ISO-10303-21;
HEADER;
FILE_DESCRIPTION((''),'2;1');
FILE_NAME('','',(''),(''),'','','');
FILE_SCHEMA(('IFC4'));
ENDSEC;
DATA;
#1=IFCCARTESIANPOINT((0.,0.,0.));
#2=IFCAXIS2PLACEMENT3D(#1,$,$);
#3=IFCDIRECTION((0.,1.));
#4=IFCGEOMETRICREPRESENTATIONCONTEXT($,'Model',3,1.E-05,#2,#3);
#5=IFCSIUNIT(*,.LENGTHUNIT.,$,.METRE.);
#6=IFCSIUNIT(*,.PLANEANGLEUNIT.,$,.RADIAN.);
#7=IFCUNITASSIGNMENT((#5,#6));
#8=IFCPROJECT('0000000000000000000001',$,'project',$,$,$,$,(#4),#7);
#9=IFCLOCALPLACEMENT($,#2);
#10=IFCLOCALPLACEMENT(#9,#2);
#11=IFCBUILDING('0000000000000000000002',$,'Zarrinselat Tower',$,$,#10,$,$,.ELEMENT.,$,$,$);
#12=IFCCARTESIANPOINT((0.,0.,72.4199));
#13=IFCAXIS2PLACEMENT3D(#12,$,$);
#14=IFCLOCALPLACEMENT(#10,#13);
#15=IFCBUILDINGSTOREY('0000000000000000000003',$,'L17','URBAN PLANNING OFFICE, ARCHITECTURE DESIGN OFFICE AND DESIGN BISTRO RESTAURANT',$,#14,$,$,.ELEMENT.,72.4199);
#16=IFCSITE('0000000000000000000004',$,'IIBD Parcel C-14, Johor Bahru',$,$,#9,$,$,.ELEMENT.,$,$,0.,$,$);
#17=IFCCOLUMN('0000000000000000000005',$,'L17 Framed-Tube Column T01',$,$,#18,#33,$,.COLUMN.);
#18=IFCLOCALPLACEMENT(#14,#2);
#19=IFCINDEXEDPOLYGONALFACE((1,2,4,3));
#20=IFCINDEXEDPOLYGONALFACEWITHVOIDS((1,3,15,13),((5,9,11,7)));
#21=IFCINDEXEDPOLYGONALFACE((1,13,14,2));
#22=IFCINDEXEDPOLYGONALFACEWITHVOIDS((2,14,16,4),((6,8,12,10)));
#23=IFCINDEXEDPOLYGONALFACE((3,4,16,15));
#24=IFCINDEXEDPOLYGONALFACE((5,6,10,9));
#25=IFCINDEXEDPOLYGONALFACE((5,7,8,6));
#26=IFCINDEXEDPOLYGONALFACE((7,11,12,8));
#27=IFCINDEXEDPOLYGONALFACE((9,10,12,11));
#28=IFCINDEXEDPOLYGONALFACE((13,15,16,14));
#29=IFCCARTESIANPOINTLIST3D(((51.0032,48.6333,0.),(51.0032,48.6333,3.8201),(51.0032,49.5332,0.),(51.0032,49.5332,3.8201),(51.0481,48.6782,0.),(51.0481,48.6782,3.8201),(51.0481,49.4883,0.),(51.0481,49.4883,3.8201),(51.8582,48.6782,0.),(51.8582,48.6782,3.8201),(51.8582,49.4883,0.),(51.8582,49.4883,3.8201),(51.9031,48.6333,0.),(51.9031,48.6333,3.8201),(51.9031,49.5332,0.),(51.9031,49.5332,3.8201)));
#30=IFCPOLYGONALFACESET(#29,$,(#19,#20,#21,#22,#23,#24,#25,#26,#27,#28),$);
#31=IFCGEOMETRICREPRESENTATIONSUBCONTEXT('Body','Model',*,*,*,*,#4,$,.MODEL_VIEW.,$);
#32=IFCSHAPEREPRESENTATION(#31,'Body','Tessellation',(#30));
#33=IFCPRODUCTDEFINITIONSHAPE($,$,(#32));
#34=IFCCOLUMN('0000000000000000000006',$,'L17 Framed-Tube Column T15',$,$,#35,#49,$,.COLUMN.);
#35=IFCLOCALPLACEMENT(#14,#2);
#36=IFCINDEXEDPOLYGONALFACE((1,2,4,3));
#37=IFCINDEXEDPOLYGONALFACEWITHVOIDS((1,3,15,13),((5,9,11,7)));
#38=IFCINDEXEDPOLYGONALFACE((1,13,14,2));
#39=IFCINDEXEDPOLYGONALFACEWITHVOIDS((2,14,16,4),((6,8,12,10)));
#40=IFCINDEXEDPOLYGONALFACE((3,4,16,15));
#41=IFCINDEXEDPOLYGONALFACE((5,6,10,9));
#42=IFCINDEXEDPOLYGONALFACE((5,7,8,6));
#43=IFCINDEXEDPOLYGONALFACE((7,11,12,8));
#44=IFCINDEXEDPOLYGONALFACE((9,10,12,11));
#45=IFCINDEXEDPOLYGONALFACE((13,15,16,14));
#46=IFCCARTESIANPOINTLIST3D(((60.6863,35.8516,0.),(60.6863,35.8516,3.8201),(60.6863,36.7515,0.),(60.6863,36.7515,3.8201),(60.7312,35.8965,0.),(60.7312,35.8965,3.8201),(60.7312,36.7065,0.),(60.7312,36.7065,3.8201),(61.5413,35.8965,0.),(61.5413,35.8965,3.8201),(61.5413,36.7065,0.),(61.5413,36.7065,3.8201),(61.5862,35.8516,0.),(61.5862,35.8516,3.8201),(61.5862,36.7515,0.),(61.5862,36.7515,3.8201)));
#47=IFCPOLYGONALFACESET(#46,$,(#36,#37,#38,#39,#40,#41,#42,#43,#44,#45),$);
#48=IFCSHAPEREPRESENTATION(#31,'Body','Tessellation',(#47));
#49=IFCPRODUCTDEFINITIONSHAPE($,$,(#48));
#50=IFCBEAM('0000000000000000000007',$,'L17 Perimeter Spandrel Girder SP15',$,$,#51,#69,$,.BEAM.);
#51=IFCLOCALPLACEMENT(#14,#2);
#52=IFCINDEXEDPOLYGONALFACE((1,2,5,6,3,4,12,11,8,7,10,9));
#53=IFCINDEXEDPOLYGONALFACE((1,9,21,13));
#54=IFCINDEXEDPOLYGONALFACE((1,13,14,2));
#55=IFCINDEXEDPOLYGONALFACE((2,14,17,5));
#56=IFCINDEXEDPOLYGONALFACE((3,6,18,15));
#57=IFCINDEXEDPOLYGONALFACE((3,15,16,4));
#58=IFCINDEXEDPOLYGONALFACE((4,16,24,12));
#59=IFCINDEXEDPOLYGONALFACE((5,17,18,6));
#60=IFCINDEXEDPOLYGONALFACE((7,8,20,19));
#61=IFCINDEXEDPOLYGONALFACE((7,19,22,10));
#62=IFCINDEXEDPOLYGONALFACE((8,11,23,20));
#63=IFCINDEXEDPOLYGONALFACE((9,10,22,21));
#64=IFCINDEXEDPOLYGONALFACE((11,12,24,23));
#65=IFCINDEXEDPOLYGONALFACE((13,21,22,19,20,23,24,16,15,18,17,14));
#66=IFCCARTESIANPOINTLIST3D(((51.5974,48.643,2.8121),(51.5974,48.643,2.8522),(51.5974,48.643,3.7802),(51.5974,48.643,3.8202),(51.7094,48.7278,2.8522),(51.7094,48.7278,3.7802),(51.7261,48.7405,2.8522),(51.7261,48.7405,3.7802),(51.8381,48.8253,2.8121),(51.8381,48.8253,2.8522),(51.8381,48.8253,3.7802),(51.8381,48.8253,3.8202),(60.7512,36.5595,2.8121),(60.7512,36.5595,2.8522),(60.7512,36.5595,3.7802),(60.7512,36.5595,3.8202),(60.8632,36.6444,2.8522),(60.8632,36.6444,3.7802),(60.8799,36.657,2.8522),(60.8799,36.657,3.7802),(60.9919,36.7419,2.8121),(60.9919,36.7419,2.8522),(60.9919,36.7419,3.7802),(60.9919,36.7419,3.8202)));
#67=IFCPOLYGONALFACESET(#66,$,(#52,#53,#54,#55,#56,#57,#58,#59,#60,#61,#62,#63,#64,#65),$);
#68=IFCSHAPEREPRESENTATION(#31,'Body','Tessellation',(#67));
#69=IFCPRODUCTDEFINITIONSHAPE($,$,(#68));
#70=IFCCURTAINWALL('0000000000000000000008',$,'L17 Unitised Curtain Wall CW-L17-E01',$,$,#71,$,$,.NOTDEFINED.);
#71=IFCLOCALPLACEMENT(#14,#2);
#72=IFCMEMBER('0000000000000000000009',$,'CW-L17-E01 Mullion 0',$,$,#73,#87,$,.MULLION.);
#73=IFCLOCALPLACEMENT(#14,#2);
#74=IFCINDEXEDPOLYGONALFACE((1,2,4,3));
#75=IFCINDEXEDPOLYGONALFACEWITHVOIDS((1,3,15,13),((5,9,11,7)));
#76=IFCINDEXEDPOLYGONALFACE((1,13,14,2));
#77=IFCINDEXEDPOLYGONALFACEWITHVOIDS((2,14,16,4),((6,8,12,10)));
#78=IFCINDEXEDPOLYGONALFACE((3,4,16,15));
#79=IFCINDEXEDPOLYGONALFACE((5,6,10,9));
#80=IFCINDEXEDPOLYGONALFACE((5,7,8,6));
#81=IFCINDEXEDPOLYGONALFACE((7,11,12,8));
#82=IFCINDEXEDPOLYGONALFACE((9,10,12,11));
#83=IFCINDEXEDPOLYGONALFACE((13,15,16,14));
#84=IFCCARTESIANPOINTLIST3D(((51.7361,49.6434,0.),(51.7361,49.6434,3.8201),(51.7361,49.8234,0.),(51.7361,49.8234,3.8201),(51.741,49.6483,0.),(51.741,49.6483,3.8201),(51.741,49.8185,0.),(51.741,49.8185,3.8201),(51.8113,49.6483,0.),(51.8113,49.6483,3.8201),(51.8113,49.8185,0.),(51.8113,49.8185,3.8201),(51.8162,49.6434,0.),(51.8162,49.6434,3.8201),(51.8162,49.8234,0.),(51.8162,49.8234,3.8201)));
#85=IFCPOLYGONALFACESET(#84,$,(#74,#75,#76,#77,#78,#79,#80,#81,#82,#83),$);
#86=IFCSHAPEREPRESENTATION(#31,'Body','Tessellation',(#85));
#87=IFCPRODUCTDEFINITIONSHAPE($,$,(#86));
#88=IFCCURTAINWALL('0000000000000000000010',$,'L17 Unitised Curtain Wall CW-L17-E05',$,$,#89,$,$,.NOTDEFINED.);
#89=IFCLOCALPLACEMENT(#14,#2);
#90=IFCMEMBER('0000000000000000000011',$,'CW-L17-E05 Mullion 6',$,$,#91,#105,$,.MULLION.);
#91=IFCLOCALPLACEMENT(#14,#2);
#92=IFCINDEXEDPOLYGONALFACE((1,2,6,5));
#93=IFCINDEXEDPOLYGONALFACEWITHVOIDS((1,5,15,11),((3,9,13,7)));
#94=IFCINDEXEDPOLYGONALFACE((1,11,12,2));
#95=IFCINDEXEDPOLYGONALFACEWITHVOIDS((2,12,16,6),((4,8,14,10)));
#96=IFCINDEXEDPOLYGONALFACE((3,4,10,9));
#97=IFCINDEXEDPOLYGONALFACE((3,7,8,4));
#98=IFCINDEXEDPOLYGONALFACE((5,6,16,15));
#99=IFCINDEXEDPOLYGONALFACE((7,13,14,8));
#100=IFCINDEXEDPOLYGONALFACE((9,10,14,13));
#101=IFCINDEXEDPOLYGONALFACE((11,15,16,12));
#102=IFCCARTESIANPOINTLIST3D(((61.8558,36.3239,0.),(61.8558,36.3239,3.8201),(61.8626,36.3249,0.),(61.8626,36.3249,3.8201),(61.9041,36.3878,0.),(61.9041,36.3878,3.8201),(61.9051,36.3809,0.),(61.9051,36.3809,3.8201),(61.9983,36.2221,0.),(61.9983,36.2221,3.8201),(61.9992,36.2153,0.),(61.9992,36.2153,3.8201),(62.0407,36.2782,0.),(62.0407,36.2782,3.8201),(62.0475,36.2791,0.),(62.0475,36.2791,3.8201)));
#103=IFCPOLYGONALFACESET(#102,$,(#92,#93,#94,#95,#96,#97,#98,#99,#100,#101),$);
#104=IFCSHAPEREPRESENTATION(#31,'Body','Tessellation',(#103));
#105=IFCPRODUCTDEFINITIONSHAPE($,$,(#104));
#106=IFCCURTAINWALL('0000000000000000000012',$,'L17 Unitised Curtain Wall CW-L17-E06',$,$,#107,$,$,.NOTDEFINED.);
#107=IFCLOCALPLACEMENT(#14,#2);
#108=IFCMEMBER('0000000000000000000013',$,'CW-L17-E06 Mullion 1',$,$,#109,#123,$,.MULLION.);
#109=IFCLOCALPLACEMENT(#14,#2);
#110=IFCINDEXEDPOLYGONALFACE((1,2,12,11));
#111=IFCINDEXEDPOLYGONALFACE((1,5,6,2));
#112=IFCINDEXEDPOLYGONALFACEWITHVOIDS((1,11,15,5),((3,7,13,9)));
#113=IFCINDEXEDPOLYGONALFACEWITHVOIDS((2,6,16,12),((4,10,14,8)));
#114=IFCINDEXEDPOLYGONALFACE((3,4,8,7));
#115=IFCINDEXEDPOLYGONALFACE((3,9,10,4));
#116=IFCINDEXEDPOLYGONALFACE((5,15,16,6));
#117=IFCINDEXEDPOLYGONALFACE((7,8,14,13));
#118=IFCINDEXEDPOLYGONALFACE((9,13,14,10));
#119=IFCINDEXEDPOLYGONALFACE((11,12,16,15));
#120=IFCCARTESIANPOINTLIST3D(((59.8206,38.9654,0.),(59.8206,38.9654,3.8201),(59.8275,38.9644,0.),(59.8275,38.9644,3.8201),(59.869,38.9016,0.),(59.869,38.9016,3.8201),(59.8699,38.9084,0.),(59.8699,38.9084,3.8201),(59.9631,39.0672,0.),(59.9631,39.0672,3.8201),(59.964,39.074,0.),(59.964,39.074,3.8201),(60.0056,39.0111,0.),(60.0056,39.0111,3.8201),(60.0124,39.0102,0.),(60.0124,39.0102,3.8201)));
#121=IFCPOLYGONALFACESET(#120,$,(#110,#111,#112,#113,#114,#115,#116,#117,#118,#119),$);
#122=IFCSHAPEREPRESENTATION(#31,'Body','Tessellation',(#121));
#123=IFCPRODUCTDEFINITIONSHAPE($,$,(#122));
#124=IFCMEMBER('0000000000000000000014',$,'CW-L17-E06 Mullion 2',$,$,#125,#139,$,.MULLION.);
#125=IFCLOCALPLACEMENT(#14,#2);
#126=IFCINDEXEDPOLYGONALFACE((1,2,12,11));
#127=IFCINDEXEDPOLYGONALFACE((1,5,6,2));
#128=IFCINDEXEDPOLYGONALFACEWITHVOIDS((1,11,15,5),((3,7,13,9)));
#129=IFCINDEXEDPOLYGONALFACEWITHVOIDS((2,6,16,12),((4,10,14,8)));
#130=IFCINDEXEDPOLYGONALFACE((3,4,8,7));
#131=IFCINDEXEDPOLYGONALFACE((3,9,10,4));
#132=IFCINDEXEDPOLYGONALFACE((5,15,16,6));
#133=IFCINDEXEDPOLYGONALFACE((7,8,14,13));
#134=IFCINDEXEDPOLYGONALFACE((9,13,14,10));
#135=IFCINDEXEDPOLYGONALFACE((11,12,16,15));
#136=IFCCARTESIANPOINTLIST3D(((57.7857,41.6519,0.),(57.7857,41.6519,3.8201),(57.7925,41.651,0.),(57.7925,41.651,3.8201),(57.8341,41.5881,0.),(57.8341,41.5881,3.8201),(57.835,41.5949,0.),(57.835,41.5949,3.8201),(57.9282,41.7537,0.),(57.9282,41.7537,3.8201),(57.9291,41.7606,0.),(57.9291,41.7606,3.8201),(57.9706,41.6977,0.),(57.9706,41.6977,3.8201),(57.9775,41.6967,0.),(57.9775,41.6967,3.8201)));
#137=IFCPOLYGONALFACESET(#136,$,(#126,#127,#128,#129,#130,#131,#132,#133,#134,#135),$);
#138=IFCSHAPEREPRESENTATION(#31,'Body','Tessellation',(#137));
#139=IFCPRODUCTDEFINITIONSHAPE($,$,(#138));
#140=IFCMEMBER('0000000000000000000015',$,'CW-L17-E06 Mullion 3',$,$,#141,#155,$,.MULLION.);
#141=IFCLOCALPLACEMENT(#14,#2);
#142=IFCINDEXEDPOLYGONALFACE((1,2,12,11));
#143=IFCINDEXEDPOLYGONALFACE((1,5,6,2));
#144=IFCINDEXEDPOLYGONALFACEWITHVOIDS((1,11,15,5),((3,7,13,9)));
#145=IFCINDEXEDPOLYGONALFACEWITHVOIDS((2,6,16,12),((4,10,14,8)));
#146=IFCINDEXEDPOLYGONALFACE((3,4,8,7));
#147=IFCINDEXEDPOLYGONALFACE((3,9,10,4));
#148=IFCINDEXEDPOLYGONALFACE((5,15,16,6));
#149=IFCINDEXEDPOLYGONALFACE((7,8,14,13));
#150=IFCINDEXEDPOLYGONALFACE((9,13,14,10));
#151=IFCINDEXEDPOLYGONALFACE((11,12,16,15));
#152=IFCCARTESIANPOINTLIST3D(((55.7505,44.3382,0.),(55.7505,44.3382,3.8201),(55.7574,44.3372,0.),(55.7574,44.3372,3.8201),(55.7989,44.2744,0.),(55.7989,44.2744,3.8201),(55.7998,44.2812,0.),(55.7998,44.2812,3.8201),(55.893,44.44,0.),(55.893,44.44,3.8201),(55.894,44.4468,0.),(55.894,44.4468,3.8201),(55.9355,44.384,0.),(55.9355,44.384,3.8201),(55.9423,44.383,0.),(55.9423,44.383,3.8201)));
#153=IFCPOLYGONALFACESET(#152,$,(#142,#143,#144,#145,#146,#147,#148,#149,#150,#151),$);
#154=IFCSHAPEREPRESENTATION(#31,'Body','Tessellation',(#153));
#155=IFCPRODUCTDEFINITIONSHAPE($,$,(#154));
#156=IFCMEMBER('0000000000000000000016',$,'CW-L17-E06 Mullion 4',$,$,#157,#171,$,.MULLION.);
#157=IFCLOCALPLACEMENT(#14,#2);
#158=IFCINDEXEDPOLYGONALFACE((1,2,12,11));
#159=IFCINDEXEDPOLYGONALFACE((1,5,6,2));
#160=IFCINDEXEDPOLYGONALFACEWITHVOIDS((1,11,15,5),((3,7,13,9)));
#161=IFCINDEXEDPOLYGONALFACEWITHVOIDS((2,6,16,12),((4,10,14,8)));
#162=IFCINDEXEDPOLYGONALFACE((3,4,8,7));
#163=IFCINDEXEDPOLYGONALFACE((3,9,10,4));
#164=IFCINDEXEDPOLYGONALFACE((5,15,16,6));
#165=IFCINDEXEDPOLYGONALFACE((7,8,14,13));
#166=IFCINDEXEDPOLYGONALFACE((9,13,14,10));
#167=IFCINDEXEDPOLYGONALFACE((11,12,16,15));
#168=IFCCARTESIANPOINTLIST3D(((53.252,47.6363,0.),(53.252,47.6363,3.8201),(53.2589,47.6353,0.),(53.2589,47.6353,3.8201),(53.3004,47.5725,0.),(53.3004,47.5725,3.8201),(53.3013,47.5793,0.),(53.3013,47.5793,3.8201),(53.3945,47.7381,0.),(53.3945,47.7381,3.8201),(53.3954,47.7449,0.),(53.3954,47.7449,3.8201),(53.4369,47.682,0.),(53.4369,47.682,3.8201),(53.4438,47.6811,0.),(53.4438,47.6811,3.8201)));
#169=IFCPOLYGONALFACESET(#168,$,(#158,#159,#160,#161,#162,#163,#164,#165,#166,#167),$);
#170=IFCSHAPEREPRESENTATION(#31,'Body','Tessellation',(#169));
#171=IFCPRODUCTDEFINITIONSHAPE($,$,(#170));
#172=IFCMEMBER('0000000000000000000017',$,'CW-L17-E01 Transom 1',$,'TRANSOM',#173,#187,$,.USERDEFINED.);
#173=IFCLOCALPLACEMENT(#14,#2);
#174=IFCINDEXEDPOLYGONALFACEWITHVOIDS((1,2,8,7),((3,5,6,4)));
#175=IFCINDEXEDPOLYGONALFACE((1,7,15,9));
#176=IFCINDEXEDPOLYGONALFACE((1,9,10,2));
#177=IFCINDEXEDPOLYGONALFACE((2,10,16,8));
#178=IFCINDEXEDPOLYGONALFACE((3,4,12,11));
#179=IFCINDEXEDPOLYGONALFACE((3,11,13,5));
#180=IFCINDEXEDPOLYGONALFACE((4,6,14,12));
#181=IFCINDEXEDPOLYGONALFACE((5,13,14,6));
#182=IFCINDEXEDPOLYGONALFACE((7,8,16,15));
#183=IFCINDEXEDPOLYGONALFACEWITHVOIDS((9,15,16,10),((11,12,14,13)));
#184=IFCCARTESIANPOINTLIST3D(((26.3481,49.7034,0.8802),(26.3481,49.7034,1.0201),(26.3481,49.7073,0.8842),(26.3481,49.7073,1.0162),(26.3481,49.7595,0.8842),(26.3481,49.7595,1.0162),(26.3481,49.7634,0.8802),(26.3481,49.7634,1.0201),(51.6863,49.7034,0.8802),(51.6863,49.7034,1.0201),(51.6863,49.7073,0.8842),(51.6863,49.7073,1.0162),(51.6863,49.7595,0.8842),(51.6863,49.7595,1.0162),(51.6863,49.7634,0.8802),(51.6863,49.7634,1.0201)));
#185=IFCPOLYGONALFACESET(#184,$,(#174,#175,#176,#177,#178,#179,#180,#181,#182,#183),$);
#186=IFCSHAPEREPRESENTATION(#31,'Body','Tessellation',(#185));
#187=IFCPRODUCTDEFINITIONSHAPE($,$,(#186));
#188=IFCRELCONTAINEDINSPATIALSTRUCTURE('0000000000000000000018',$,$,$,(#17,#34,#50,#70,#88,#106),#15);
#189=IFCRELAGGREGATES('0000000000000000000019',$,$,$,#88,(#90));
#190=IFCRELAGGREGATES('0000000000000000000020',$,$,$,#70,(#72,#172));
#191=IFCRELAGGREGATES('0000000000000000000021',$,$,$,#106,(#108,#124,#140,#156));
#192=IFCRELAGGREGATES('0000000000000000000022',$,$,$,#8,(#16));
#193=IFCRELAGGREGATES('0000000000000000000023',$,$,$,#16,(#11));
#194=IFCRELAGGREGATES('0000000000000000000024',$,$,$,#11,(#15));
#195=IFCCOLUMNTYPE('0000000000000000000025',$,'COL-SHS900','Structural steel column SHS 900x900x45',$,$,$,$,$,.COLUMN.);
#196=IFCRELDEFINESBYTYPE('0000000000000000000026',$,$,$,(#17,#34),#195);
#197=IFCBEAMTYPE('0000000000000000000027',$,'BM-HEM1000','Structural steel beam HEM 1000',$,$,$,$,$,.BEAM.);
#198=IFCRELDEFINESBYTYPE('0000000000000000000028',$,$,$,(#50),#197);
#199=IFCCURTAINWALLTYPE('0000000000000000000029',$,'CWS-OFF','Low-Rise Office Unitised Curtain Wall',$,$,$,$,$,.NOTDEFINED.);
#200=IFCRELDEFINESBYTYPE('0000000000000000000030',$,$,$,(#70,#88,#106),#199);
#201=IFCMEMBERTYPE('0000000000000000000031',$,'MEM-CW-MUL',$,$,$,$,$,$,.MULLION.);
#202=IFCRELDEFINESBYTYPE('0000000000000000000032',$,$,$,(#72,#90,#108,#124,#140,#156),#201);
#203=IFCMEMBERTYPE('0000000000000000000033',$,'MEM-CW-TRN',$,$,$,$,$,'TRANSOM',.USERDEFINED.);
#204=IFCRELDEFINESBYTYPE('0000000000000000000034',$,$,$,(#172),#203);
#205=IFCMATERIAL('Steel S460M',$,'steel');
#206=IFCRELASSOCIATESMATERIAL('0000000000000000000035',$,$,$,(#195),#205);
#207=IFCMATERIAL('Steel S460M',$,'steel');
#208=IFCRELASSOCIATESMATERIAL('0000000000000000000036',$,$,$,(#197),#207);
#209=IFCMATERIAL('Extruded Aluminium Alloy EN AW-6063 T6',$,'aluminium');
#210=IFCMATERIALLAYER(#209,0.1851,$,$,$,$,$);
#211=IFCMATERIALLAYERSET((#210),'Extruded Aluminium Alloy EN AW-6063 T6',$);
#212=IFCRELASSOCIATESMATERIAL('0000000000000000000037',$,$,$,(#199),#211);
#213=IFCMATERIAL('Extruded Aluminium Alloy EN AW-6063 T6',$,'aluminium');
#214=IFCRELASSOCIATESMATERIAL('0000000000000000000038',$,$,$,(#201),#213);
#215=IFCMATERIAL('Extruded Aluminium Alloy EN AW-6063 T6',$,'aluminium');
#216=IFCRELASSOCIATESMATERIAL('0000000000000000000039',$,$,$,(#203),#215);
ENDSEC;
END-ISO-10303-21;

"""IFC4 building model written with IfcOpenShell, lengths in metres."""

from ifc_helpers import new_model, si_unit, direction, frame, origin, origin_2d, place, context, subcontext, project, spatial, hollow_rectangle, i_section, extrude, material, layer, layer_set, material_profile, profile_set, type_object, element, aggregate, save


model = new_model("IFC4")

# Units and contexts
model_context = context("Model", 3, precision=1e-05, world=origin(), true_north=direction((0.0, 1.0)))
body_context = subcontext(model_context, "Body", "Model", "MODEL_VIEW")
ifc_project = project(units=[si_unit("LENGTHUNIT", "METRE"), si_unit("PLANEANGLEUNIT", "RADIAN")], contexts=[model_context])

# Site, building, storey
site_placement = place(None, origin())
site = spatial("IfcSite", under=ifc_project, at=site_placement, Name="IIBD Parcel C-14, Johor Bahru", CompositionType="ELEMENT", RefElevation=0.0)
building_placement = place(site_placement, origin())
building = spatial("IfcBuilding", under=site, at=building_placement, Name="Zarrinselat Tower", CompositionType="ELEMENT")
storey_placement = place(building_placement, frame((0.0, 0.0, 72.4199)))
storey = spatial("IfcBuildingStorey", under=building, at=storey_placement, Name="L17", Description="URBAN PLANNING OFFICE, ARCHITECTURE DESIGN OFFICE AND DESIGN BISTRO RESTAURANT", CompositionType="ELEMENT", Elevation=72.4199)

# Columns
ifc_material_1 = material(Name="Steel S460M", Category="steel")
ifc_material_profile_1 = material_profile(ifc_material_1, hollow_rectangle(XDim=0.8999, YDim=0.8999, WallThickness=0.0449, at=origin_2d()), Name="SHS 900x900x45")
ifc_profile_set_1 = profile_set([ifc_material_profile_1], Name="Steel S460M")
column_type = type_object("IfcColumnType", Name="COL-SHS900", Description="Structural steel column SHS 900x900x45", PredefinedType="COLUMN", material=ifc_profile_set_1)
for number, where, z_axis, x_axis, name in (
    (1, (51.4531, 49.0833, 0.0), (0.0, 0.0, 1.0), (1.0, 0.0, 0.0), "L17 Framed-Tube Column T01"),
    (2, (61.1362, 36.3015, 0.0), (0.0, 0.0, 1.0), (1.0, 0.0, 0.0), "L17 Framed-Tube Column T15"),
):
    element("IfcColumn", number, at=place(storey_placement, frame(where, z_axis=z_axis, x_axis=x_axis)), inside=storey, type_object=column_type, Name=name, PredefinedType="COLUMN", context=body_context, shape_type="SweptSolid", body=[
        extrude(hollow_rectangle(XDim=0.8999, YDim=0.8999, WallThickness=0.0449, at=origin_2d()), origin(), (0.0, 0.0, 1.0), 3.8201),
    ])

# Beam
ifc_material_2 = material(Name="Steel S460M", Category="steel")
ifc_material_profile_2 = material_profile(ifc_material_2, i_section(OverallWidth=0.302, OverallDepth=1.0081, WebThickness=0.021, FlangeThickness=0.04, at=origin_2d()), Name="HEM 1000")
ifc_profile_set_2 = profile_set([ifc_material_profile_2], Name="Steel S460M")
beam_type = type_object("IfcBeamType", Name="BM-HEM1000", Description="Structural steel beam HEM 1000", PredefinedType="BEAM", material=ifc_profile_set_2)
beam_placement = place(storey_placement, frame((51.7178, 48.7341, 3.3162), z_axis=(0.603843, -0.797103, 0.0), x_axis=(0.797103, 0.603843, 0.0)))
element("IfcBeam", 3, at=beam_placement, inside=storey, type_object=beam_type, Name="L17 Perimeter Spandrel Girder SP15", PredefinedType="BEAM", context=body_context, shape_type="SweptSolid", body=[
    extrude(i_section(OverallWidth=0.302, OverallDepth=1.0081, WebThickness=0.021, FlangeThickness=0.04, at=origin_2d()), origin(), (0.0, 0.0, 1.0), 15.1592),
])

# Curtain walls, members
ifc_material_3 = material(Name="Extruded Aluminium Alloy EN AW-6063 T6", Category="aluminium")
ifc_layer_1 = layer(ifc_material_3, 0.1851)
ifc_layer_set_1 = layer_set([ifc_layer_1], Name="Extruded Aluminium Alloy EN AW-6063 T6")
curtain_wall_type = type_object("IfcCurtainWallType", Name="CWS-OFF", Description="Low-Rise Office Unitised Curtain Wall", PredefinedType="NOTDEFINED", material=ifc_layer_set_1)
curtain_wall_1_placement = place(storey_placement, origin())
curtain_wall_1 = element("IfcCurtainWall", 4, at=curtain_wall_1_placement, inside=storey, type_object=curtain_wall_type, Name="L17 Unitised Curtain Wall CW-L17-E01", PredefinedType="NOTDEFINED")
ifc_material_4 = material(Name="Extruded Aluminium Alloy EN AW-6063 T6", Category="aluminium")
ifc_material_profile_3 = material_profile(ifc_material_4, hollow_rectangle(XDim=0.0801, YDim=0.1799, WallThickness=0.0049, at=origin_2d()), Name="RHS 180x80x5")
ifc_profile_set_3 = profile_set([ifc_material_profile_3], Name="Extruded Aluminium Alloy EN AW-6063 T6")
member_type_1 = type_object("IfcMemberType", Name="MEM-CW-MUL", PredefinedType="MULLION", material=ifc_profile_set_3)
member_1_placement = place(storey_placement, frame((51.7761, 49.7334, 0.0), z_axis=(0.0, 0.0, 1.0), x_axis=(-1.0, 0.0, 0.0)))
member_1 = element("IfcMember", 5, at=member_1_placement, type_object=member_type_1, Name="CW-L17-E01 Mullion 0", PredefinedType="MULLION", context=body_context, shape_type="SweptSolid", body=[
    extrude(hollow_rectangle(XDim=0.0801, YDim=0.1799, WallThickness=0.0049, at=origin_2d()), origin(), (0.0, 0.0, 1.0), 3.8201),
])
curtain_wall_2_placement = place(storey_placement, origin())
curtain_wall_2 = element("IfcCurtainWall", 6, at=curtain_wall_2_placement, inside=storey, type_object=curtain_wall_type, Name="L17 Unitised Curtain Wall CW-L17-E05", PredefinedType="NOTDEFINED")
member_2_placement = place(storey_placement, frame((61.9517, 36.3015, 0.0), z_axis=(0.0, 0.0, 1.0), x_axis=(0.603855, 0.797094, 0.0)))
member_2 = element("IfcMember", 7, at=member_2_placement, type_object=member_type_1, Name="CW-L17-E05 Mullion 6", PredefinedType="MULLION", context=body_context, shape_type="SweptSolid", body=[
    extrude(hollow_rectangle(XDim=0.0801, YDim=0.1799, WallThickness=0.0049, at=origin_2d()), origin(), (0.0, 0.0, 1.0), 3.8201),
])
aggregate(curtain_wall_2, [member_2])

# Curtain wall, members
curtain_wall_3_placement = place(storey_placement, origin())
curtain_wall_3 = element("IfcCurtainWall", 8, at=curtain_wall_3_placement, inside=storey, type_object=curtain_wall_type, Name="L17 Unitised Curtain Wall CW-L17-E06", PredefinedType="NOTDEFINED")
member_3_placement = place(storey_placement, frame((59.9165, 38.9878, 0.0), z_axis=(0.0, 0.0, 1.0), x_axis=(-0.603857, 0.797093, 0.0)))
member_3 = element("IfcMember", 9, at=member_3_placement, type_object=member_type_1, Name="CW-L17-E06 Mullion 1", PredefinedType="MULLION", context=body_context, shape_type="SweptSolid", body=[
    extrude(hollow_rectangle(XDim=0.0801, YDim=0.1799, WallThickness=0.0049, at=origin_2d()), origin(), (0.0, 0.0, 1.0), 3.8201),
])
member_4_placement = place(storey_placement, frame((57.8816, 41.6743, 0.0), z_axis=(0.0, 0.0, 1.0), x_axis=(-0.603857, 0.797093, 0.0)))
member_4 = element("IfcMember", 10, at=member_4_placement, type_object=member_type_1, Name="CW-L17-E06 Mullion 2", PredefinedType="MULLION", context=body_context, shape_type="SweptSolid", body=[
    extrude(hollow_rectangle(XDim=0.0801, YDim=0.1799, WallThickness=0.0049, at=origin_2d()), origin(), (0.0, 0.0, 1.0), 3.8201),
])
member_5_placement = place(storey_placement, frame((55.8464, 44.3606, 0.0), z_axis=(0.0, 0.0, 1.0), x_axis=(-0.603857, 0.797093, 0.0)))
member_5 = element("IfcMember", 11, at=member_5_placement, type_object=member_type_1, Name="CW-L17-E06 Mullion 3", PredefinedType="MULLION", context=body_context, shape_type="SweptSolid", body=[
    extrude(hollow_rectangle(XDim=0.0801, YDim=0.1799, WallThickness=0.0049, at=origin_2d()), origin(), (0.0, 0.0, 1.0), 3.8201),
])
member_6_placement = place(storey_placement, frame((53.3479, 47.6587, 0.0), z_axis=(0.0, 0.0, 1.0), x_axis=(-0.603857, 0.797093, 0.0)))
member_6 = element("IfcMember", 12, at=member_6_placement, type_object=member_type_1, Name="CW-L17-E06 Mullion 4", PredefinedType="MULLION", context=body_context, shape_type="SweptSolid", body=[
    extrude(hollow_rectangle(XDim=0.0801, YDim=0.1799, WallThickness=0.0049, at=origin_2d()), origin(), (0.0, 0.0, 1.0), 3.8201),
])

# Member
ifc_material_5 = material(Name="Extruded Aluminium Alloy EN AW-6063 T6", Category="aluminium")
ifc_material_profile_4 = material_profile(ifc_material_5, hollow_rectangle(XDim=0.0601, YDim=0.1399, WallThickness=0.0039, at=origin_2d()), Name="RHS 140x60x4")
ifc_profile_set_4 = profile_set([ifc_material_profile_4], Name="Extruded Aluminium Alloy EN AW-6063 T6")
member_type_2 = type_object("IfcMemberType", Name="MEM-CW-TRN", ElementType="TRANSOM", PredefinedType="USERDEFINED", material=ifc_profile_set_4)
member_7_placement = place(storey_placement, frame((51.6863, 49.7334, 0.9502), z_axis=(-1.0, 0.0, 0.0), x_axis=(0.0, -1.0, 0.0)))
member_7 = element("IfcMember", 13, at=member_7_placement, type_object=member_type_2, Name="CW-L17-E01 Transom 1", ObjectType="TRANSOM", PredefinedType="USERDEFINED", context=body_context, shape_type="SweptSolid", body=[
    extrude(hollow_rectangle(XDim=0.0601, YDim=0.1399, WallThickness=0.0039, at=origin_2d()), origin(), (0.0, 0.0, 1.0), 25.3381),
])
aggregate(curtain_wall_1, [member_1, member_7])

aggregate(curtain_wall_3, [member_3, member_4, member_5, member_6])

save(model, "model.ifc")
